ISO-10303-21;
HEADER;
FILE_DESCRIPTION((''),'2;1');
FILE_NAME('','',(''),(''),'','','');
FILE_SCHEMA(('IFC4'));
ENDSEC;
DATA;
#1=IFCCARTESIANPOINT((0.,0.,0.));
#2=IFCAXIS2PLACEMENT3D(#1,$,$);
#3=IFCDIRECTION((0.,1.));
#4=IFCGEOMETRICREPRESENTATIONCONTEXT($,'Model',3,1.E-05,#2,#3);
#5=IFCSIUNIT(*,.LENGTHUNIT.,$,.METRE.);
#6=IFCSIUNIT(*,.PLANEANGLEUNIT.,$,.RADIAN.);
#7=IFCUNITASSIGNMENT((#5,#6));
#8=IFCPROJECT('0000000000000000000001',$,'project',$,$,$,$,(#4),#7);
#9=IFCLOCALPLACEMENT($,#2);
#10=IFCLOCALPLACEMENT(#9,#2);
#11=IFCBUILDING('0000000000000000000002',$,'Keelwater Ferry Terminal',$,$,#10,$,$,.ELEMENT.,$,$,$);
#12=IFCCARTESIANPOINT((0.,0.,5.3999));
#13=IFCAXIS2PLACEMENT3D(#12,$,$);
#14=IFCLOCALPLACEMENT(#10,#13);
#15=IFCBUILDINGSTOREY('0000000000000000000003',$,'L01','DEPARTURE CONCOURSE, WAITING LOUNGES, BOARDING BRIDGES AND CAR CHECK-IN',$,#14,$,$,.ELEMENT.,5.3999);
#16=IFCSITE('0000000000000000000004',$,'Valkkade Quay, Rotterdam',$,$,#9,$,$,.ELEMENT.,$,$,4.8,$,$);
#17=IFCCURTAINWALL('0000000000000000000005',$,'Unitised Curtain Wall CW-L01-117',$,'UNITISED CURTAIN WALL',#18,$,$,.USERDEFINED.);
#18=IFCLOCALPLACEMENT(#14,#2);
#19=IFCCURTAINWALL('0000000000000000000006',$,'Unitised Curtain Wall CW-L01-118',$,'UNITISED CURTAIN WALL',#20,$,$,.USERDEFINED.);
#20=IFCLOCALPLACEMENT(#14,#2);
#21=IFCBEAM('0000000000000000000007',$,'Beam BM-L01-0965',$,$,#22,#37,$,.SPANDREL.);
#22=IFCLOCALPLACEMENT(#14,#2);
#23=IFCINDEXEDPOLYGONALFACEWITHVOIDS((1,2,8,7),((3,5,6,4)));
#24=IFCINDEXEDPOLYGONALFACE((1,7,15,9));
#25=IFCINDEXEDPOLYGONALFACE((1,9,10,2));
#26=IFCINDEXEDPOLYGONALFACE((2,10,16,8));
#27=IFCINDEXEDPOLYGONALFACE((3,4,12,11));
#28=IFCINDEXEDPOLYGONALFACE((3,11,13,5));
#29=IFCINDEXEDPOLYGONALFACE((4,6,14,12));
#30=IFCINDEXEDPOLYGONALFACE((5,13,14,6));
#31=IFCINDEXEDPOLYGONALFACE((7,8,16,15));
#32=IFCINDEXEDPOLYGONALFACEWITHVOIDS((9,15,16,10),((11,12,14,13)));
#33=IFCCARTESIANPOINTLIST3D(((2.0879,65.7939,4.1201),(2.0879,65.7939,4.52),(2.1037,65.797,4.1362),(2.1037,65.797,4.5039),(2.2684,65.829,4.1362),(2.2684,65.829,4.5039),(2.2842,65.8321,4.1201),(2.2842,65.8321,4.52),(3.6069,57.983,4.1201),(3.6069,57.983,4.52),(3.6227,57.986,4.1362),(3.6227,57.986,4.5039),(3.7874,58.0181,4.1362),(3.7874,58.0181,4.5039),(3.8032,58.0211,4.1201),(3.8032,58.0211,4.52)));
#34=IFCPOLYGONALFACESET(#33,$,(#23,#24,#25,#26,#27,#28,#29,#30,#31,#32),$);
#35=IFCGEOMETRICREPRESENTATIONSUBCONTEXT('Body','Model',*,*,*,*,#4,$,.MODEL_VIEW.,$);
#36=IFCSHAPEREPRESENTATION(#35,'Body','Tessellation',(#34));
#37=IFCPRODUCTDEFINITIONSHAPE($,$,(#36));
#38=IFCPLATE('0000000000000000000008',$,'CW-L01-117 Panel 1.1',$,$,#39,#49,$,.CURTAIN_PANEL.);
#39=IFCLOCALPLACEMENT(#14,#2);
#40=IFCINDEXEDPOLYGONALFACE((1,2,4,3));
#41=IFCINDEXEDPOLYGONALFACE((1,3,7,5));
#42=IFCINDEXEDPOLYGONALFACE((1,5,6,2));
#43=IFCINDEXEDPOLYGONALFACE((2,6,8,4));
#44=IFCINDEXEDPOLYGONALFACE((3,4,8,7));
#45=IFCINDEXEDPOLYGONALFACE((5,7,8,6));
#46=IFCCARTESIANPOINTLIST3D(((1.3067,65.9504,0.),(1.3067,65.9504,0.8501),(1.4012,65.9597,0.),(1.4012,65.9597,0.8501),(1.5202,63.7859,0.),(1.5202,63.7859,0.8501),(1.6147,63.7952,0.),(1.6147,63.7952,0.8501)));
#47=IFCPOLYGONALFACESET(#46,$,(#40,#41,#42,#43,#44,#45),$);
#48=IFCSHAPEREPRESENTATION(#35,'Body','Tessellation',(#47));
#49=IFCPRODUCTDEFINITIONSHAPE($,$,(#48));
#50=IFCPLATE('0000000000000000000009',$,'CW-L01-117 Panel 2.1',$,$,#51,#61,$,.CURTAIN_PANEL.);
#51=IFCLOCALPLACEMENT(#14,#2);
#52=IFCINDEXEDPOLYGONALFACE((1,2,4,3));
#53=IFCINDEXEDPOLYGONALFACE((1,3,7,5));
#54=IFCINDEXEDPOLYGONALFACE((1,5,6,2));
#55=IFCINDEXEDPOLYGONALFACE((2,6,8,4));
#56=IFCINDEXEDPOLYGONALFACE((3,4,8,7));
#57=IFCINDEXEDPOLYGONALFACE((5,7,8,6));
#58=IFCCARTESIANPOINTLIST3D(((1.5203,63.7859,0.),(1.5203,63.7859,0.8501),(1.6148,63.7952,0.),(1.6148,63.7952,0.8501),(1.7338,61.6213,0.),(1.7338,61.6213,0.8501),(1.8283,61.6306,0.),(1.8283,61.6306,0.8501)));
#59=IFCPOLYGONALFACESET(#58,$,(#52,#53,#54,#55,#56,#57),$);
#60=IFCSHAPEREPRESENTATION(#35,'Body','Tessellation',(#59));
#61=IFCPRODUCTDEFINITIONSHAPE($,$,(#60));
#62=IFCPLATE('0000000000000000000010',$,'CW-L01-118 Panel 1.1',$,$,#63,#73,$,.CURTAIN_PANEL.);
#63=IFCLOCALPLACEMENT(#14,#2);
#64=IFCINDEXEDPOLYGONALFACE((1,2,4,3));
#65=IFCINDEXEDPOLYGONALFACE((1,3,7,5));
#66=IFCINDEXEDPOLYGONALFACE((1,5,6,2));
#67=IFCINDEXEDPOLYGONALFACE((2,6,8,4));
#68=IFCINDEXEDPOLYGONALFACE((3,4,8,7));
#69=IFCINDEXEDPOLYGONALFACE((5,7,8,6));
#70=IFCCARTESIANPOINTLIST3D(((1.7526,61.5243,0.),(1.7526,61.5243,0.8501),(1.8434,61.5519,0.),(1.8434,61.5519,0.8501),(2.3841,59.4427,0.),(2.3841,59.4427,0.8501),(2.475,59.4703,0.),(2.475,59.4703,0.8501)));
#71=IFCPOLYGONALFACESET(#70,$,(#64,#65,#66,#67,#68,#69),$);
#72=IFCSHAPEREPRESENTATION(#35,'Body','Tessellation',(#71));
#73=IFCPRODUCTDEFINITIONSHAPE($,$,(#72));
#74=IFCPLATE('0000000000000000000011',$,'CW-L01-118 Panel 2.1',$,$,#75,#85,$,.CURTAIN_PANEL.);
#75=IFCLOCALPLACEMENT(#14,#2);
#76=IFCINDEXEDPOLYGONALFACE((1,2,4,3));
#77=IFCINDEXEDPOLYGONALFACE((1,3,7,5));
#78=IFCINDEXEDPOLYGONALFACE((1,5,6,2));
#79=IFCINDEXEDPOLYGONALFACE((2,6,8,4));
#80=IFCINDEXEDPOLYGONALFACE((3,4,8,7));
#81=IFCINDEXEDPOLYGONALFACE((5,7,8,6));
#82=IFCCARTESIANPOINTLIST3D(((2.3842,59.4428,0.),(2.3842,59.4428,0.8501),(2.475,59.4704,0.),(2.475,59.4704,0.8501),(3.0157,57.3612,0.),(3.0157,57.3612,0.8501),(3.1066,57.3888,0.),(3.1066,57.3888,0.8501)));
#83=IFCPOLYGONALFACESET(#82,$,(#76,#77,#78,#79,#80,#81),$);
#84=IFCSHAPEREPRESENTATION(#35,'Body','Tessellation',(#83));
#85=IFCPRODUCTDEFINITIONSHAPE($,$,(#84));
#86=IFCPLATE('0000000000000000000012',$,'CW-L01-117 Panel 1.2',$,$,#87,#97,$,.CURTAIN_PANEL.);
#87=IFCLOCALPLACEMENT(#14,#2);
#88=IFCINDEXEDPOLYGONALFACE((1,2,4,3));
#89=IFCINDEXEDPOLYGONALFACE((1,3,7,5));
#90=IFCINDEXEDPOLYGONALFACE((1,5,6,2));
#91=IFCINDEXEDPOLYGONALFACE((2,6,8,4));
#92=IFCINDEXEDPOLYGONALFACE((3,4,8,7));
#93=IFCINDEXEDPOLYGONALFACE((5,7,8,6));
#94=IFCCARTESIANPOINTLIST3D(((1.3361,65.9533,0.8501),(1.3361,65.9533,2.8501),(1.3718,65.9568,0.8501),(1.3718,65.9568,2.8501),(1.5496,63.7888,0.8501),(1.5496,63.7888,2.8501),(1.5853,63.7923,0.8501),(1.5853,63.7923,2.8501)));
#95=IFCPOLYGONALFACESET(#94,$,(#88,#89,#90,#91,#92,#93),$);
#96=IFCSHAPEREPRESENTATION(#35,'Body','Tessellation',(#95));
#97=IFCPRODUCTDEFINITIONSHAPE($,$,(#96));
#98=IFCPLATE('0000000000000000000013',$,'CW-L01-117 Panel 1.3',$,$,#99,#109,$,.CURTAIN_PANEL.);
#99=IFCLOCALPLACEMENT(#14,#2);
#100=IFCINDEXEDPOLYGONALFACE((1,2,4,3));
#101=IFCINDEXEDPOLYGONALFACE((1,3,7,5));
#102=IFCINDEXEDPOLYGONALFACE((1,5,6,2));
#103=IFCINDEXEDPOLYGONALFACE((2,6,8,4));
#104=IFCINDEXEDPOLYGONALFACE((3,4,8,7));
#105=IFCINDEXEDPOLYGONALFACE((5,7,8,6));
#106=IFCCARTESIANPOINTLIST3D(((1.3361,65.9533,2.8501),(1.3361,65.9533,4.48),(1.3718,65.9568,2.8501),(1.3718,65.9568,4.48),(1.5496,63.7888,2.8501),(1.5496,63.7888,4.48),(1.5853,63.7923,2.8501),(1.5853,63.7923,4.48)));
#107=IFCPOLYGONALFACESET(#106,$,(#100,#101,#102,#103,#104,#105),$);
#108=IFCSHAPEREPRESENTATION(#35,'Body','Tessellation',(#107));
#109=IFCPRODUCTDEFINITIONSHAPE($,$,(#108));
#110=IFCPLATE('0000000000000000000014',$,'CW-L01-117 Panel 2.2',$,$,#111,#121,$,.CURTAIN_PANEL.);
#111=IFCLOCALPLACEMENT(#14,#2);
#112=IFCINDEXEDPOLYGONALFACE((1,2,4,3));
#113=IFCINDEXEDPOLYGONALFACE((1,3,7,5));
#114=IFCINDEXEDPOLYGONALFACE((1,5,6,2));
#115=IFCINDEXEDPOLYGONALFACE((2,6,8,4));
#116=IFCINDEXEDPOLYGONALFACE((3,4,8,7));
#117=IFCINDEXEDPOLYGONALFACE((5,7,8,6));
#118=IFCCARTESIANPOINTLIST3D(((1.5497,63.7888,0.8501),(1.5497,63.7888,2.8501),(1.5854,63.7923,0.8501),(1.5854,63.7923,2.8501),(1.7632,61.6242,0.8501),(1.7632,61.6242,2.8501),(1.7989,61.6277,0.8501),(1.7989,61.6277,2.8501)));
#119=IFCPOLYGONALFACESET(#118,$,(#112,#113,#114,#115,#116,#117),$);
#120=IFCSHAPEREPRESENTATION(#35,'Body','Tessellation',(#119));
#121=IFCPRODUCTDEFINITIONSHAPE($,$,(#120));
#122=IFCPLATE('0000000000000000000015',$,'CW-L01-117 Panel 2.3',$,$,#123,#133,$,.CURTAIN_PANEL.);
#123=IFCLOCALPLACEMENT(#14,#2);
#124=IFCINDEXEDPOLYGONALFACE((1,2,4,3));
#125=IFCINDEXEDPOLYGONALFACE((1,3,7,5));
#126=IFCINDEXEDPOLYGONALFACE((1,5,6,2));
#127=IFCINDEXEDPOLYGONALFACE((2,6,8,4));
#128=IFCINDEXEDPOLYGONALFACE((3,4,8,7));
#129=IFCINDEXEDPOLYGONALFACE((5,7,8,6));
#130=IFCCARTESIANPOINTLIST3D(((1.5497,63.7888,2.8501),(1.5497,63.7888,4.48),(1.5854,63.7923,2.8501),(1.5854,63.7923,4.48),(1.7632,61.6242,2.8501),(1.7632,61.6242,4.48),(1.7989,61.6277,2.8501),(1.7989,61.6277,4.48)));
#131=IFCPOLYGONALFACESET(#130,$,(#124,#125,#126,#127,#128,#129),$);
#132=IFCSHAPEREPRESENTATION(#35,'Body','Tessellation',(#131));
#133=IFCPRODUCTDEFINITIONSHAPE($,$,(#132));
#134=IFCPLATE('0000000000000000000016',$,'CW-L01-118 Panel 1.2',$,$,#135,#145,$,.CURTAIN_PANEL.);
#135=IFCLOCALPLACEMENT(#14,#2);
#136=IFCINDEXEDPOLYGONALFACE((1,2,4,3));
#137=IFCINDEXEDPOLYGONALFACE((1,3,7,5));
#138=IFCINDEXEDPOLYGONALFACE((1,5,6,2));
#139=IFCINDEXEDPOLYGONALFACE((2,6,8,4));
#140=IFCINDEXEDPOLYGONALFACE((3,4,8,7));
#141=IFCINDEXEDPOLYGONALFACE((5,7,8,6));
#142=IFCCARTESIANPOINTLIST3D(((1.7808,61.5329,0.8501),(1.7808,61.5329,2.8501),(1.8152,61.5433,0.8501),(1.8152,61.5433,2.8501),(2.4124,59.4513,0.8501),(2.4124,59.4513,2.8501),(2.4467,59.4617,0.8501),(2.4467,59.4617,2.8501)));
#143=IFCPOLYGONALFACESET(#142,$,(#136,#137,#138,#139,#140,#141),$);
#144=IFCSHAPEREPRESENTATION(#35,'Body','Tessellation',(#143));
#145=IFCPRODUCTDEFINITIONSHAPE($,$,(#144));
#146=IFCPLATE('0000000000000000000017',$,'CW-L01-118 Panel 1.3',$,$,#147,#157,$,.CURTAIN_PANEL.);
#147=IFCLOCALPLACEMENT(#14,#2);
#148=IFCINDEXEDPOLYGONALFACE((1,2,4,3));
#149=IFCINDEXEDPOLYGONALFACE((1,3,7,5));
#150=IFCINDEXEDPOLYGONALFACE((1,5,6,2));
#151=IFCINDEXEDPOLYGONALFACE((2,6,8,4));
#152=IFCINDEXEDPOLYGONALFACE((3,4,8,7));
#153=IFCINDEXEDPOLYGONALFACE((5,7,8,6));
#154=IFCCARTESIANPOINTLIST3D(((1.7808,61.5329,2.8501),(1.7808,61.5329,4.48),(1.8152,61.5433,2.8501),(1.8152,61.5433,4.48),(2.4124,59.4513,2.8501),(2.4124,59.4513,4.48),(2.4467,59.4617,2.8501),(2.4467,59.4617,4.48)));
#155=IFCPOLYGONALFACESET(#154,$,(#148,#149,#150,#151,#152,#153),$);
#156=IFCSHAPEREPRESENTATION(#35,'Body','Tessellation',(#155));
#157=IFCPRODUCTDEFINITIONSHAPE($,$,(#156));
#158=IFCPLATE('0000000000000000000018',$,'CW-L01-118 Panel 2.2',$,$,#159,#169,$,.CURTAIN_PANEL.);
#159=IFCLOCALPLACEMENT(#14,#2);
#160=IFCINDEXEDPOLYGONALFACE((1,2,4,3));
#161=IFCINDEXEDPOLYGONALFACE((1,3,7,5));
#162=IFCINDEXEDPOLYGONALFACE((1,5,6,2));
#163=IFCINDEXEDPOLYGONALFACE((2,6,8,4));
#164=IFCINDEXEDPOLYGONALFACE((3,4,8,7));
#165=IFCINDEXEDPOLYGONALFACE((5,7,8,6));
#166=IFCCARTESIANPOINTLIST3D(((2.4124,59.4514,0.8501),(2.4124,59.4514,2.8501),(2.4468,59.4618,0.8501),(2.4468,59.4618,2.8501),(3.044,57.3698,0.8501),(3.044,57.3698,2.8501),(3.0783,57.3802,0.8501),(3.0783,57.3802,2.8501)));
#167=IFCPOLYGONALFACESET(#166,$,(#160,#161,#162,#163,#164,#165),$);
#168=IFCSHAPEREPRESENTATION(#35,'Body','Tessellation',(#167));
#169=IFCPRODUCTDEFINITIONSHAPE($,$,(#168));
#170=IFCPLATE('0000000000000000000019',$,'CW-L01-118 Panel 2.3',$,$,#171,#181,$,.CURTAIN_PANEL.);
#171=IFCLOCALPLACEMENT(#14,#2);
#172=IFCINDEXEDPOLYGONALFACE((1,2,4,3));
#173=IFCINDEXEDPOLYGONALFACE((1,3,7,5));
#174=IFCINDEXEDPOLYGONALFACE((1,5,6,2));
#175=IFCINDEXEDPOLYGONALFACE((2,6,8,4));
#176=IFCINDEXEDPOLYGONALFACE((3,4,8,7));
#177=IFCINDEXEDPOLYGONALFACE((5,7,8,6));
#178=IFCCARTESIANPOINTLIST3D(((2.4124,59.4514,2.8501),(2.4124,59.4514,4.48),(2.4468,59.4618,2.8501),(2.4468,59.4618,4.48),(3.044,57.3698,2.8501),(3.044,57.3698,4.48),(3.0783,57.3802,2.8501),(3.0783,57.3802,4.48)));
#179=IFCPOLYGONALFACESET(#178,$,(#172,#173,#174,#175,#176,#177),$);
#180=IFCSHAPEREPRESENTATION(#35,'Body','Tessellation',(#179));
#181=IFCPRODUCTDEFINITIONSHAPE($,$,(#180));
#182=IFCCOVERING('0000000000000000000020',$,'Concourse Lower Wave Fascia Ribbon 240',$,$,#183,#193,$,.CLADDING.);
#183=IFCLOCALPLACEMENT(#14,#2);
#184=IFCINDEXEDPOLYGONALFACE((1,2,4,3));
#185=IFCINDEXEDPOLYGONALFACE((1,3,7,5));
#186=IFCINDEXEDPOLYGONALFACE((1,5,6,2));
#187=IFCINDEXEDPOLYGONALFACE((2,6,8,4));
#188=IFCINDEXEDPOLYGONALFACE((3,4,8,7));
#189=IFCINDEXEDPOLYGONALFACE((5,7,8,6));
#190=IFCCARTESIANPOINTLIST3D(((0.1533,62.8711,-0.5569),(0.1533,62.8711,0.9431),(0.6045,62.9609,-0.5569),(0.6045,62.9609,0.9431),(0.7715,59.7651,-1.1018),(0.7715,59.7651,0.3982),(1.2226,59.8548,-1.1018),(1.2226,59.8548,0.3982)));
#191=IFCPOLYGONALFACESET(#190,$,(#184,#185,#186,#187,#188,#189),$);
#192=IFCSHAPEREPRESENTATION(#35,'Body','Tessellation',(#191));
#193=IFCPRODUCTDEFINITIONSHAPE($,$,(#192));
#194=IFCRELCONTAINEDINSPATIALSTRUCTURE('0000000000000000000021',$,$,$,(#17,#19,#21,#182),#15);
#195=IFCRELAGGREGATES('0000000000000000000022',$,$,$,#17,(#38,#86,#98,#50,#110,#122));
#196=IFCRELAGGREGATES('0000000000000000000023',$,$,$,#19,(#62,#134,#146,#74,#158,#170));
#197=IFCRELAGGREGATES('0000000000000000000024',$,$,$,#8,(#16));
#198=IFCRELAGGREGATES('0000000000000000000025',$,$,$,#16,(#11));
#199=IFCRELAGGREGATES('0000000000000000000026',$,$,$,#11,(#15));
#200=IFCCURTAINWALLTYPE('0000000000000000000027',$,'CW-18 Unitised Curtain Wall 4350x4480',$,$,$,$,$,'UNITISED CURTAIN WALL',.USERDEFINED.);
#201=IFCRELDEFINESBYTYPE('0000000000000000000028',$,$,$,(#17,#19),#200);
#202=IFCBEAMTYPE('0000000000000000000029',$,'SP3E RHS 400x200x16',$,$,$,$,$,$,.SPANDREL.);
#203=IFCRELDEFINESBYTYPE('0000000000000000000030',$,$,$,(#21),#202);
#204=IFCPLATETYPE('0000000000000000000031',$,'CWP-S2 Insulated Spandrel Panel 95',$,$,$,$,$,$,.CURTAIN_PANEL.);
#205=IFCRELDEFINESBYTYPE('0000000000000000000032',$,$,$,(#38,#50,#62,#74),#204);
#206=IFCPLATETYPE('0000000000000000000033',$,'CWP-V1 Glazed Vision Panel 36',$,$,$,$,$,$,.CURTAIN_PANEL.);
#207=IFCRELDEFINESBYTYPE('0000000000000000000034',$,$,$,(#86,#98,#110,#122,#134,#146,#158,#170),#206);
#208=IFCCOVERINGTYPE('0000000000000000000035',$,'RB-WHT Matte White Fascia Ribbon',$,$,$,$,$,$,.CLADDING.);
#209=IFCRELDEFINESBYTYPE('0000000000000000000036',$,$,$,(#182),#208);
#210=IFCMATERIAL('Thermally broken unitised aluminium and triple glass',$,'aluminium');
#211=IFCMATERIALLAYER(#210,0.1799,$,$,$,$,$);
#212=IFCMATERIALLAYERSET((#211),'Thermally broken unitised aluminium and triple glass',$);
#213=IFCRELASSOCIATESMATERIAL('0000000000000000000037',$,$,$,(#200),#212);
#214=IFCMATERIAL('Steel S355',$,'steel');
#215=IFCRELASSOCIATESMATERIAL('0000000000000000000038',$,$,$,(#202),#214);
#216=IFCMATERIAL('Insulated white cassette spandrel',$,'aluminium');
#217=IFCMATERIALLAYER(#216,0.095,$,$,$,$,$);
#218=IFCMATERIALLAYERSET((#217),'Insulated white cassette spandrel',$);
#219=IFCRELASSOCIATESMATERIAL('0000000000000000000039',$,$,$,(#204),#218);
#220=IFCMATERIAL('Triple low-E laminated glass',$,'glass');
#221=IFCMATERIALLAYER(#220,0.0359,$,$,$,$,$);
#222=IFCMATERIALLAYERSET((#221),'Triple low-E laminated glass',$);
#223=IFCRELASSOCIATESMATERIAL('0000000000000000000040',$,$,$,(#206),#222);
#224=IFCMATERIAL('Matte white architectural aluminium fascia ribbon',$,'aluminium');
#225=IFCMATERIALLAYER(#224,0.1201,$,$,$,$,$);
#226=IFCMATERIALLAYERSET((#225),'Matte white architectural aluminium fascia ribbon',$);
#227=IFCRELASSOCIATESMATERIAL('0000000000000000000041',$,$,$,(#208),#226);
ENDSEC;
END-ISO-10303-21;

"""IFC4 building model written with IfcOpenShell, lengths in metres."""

from ifc_helpers import new_model, si_unit, direction, frame, origin, origin_2d, place, context, subcontext, project, spatial, polyline, rectangle, hollow_rectangle, outline, extrude, material, layer, layer_set, material_profile, profile_set, type_object, element, aggregate, save


model = new_model("IFC4")

# Units and contexts
model_context = context("Model", 3, precision=1e-05, world=origin(), true_north=direction((0.0, 1.0)))
body_context = subcontext(model_context, "Body", "Model", "MODEL_VIEW")
ifc_project = project(units=[si_unit("LENGTHUNIT", "METRE"), si_unit("PLANEANGLEUNIT", "RADIAN")], contexts=[model_context])

# Site, building, storey
site_placement = place(None, origin())
site = spatial("IfcSite", under=ifc_project, at=site_placement, Name="Valkkade Quay, Rotterdam", CompositionType="ELEMENT", RefElevation=4.8)
building_placement = place(site_placement, origin())
building = spatial("IfcBuilding", under=site, at=building_placement, Name="Keelwater Ferry Terminal", CompositionType="ELEMENT")
storey_placement = place(building_placement, frame((0.0, 0.0, 5.3999)))
storey = spatial("IfcBuildingStorey", under=building, at=storey_placement, Name="L01", Description="DEPARTURE CONCOURSE, WAITING LOUNGES, BOARDING BRIDGES AND CAR CHECK-IN", CompositionType="ELEMENT", Elevation=5.3999)

# Curtain walls
ifc_material_1 = material(Name="Thermally broken unitised aluminium and triple glass", Category="aluminium")
ifc_layer_1 = layer(ifc_material_1, 0.1799)
ifc_layer_set_1 = layer_set([ifc_layer_1], Name="Thermally broken unitised aluminium and triple glass")
curtain_wall_type = type_object("IfcCurtainWallType", Name="CW-18 Unitised Curtain Wall 4350x4480", ElementType="UNITISED CURTAIN WALL", PredefinedType="USERDEFINED", material=ifc_layer_set_1)
curtain_wall_1_placement = place(storey_placement, origin())
curtain_wall_1 = element("IfcCurtainWall", 1, at=curtain_wall_1_placement, inside=storey, type_object=curtain_wall_type, Name="Unitised Curtain Wall CW-L01-117", ObjectType="UNITISED CURTAIN WALL", PredefinedType="USERDEFINED")
curtain_wall_2_placement = place(storey_placement, origin())
curtain_wall_2 = element("IfcCurtainWall", 2, at=curtain_wall_2_placement, inside=storey, type_object=curtain_wall_type, Name="Unitised Curtain Wall CW-L01-118", ObjectType="UNITISED CURTAIN WALL", PredefinedType="USERDEFINED")

# Beam
ifc_material_2 = material(Name="Steel S355", Category="steel")
ifc_material_profile_1 = material_profile(ifc_material_2, hollow_rectangle(XDim=0.2, YDim=0.3999, WallThickness=0.0161, at=origin_2d()), Name="RHS 400x200x16")
ifc_profile_set_1 = profile_set([ifc_material_profile_1], Name="Steel S355")
beam_type = type_object("IfcBeamType", Name="SP3E RHS 400x200x16", PredefinedType="SPANDREL", material=ifc_profile_set_1)
beam_placement = place(storey_placement, frame((2.186, 65.813, 4.3201), z_axis=(0.190898, -0.98161, 0.0), x_axis=(0.98161, 0.190898, 0.0)))
element("IfcBeam", 3, at=beam_placement, inside=storey, type_object=beam_type, Name="Beam BM-L01-0965", PredefinedType="SPANDREL", context=body_context, shape_type="SweptSolid", body=[
    extrude(hollow_rectangle(XDim=0.2, YDim=0.3999, WallThickness=0.0161, at=origin_2d()), origin(), (0.0, 0.0, 1.0), 7.9573),
])

# Plates
ifc_material_3 = material(Name="Insulated white cassette spandrel", Category="aluminium")
ifc_layer_2 = layer(ifc_material_3, 0.095)
ifc_layer_set_2 = layer_set([ifc_layer_2], Name="Insulated white cassette spandrel")
plate_type_1 = type_object("IfcPlateType", Name="CWP-S2 Insulated Spandrel Panel 95", PredefinedType="CURTAIN_PANEL", material=ifc_layer_set_2)
plate_1_placement = place(storey_placement, frame((1.4607, 64.8728, 0.0), z_axis=(0.0, 0.0, 1.0), x_axis=(0.098161, -0.995171, 0.0)))
plate_1 = element("IfcPlate", 4, at=plate_1_placement, type_object=plate_type_1, Name="CW-L01-117 Panel 1.1", PredefinedType="CURTAIN_PANEL", context=body_context, shape_type="SweptSolid", body=[
    extrude(rectangle(XDim=2.175, YDim=0.095, at=origin_2d()), origin(), (0.0, 0.0, 1.0), 0.8501),
])
plate_2_placement = place(storey_placement, frame((1.6743, 62.7083, 0.0), z_axis=(0.0, 0.0, 1.0), x_axis=(0.098161, -0.995171, 0.0)))
plate_2 = element("IfcPlate", 5, at=plate_2_placement, type_object=plate_type_1, Name="CW-L01-117 Panel 2.1", PredefinedType="CURTAIN_PANEL", context=body_context, shape_type="SweptSolid", body=[
    extrude(rectangle(XDim=2.175, YDim=0.095, at=origin_2d()), origin(), (0.0, 0.0, 1.0), 0.8501),
])
plate_3_placement = place(storey_placement, frame((2.1138, 60.4973, 0.0), z_axis=(0.0, 0.0, 1.0), x_axis=(0.29032, -0.95693, 0.0)))
plate_3 = element("IfcPlate", 6, at=plate_3_placement, type_object=plate_type_1, Name="CW-L01-118 Panel 1.1", PredefinedType="CURTAIN_PANEL", context=body_context, shape_type="SweptSolid", body=[
    extrude(rectangle(XDim=2.1753, YDim=0.095, at=origin_2d()), origin(), (0.0, 0.0, 1.0), 0.8501),
])
plate_4_placement = place(storey_placement, frame((2.7454, 58.4158, 0.0), z_axis=(0.0, 0.0, 1.0), x_axis=(0.29032, -0.95693, 0.0)))
plate_4 = element("IfcPlate", 7, at=plate_4_placement, type_object=plate_type_1, Name="CW-L01-118 Panel 2.1", PredefinedType="CURTAIN_PANEL", context=body_context, shape_type="SweptSolid", body=[
    extrude(rectangle(XDim=2.1753, YDim=0.095, at=origin_2d()), origin(), (0.0, 0.0, 1.0), 0.8501),
])
ifc_material_4 = material(Name="Triple low-E laminated glass", Category="glass")
ifc_layer_3 = layer(ifc_material_4, 0.0359)
ifc_layer_set_3 = layer_set([ifc_layer_3], Name="Triple low-E laminated glass")
plate_type_2 = type_object("IfcPlateType", Name="CWP-V1 Glazed Vision Panel 36", PredefinedType="CURTAIN_PANEL", material=ifc_layer_set_3)
plate_5_placement = place(storey_placement, frame((1.4607, 64.8728, 0.8501), z_axis=(0.0, 0.0, 1.0), x_axis=(0.098161, -0.995171, 0.0)))
plate_5 = element("IfcPlate", 8, at=plate_5_placement, type_object=plate_type_2, Name="CW-L01-117 Panel 1.2", PredefinedType="CURTAIN_PANEL", context=body_context, shape_type="SweptSolid", body=[
    extrude(rectangle(XDim=2.175, YDim=0.0359, at=origin_2d()), origin(), (0.0, 0.0, 1.0), 2.0),
])
plate_6_placement = place(storey_placement, frame((1.4607, 64.8728, 2.8501), z_axis=(0.0, 0.0, 1.0), x_axis=(0.098161, -0.995171, 0.0)))
plate_6 = element("IfcPlate", 9, at=plate_6_placement, type_object=plate_type_2, Name="CW-L01-117 Panel 1.3", PredefinedType="CURTAIN_PANEL", context=body_context, shape_type="SweptSolid", body=[
    extrude(rectangle(XDim=2.175, YDim=0.0359, at=origin_2d()), origin(), (0.0, 0.0, 1.0), 1.6299),
])
plate_7_placement = place(storey_placement, frame((1.6743, 62.7083, 0.8501), z_axis=(0.0, 0.0, 1.0), x_axis=(0.098161, -0.995171, 0.0)))
plate_7 = element("IfcPlate", 10, at=plate_7_placement, type_object=plate_type_2, Name="CW-L01-117 Panel 2.2", PredefinedType="CURTAIN_PANEL", context=body_context, shape_type="SweptSolid", body=[
    extrude(rectangle(XDim=2.175, YDim=0.0359, at=origin_2d()), origin(), (0.0, 0.0, 1.0), 2.0),
])
plate_8_placement = place(storey_placement, frame((1.6743, 62.7083, 2.8501), z_axis=(0.0, 0.0, 1.0), x_axis=(0.098161, -0.995171, 0.0)))
plate_8 = element("IfcPlate", 11, at=plate_8_placement, type_object=plate_type_2, Name="CW-L01-117 Panel 2.3", PredefinedType="CURTAIN_PANEL", context=body_context, shape_type="SweptSolid", body=[
    extrude(rectangle(XDim=2.175, YDim=0.0359, at=origin_2d()), origin(), (0.0, 0.0, 1.0), 1.6299),
])
aggregate(curtain_wall_1, [plate_1, plate_5, plate_6, plate_2, plate_7, plate_8])
plate_9_placement = place(storey_placement, frame((2.1138, 60.4973, 0.8501), z_axis=(0.0, 0.0, 1.0), x_axis=(0.29032, -0.95693, 0.0)))
plate_9 = element("IfcPlate", 12, at=plate_9_placement, type_object=plate_type_2, Name="CW-L01-118 Panel 1.2", PredefinedType="CURTAIN_PANEL", context=body_context, shape_type="SweptSolid", body=[
    extrude(rectangle(XDim=2.1753, YDim=0.0359, at=origin_2d()), origin(), (0.0, 0.0, 1.0), 2.0),
])
plate_10_placement = place(storey_placement, frame((2.1138, 60.4973, 2.8501), z_axis=(0.0, 0.0, 1.0), x_axis=(0.29032, -0.95693, 0.0)))
plate_10 = element("IfcPlate", 13, at=plate_10_placement, type_object=plate_type_2, Name="CW-L01-118 Panel 1.3", PredefinedType="CURTAIN_PANEL", context=body_context, shape_type="SweptSolid", body=[
    extrude(rectangle(XDim=2.1753, YDim=0.0359, at=origin_2d()), origin(), (0.0, 0.0, 1.0), 1.6299),
])
plate_11_placement = place(storey_placement, frame((2.7454, 58.4158, 0.8501), z_axis=(0.0, 0.0, 1.0), x_axis=(0.29032, -0.95693, 0.0)))
plate_11 = element("IfcPlate", 14, at=plate_11_placement, type_object=plate_type_2, Name="CW-L01-118 Panel 2.2", PredefinedType="CURTAIN_PANEL", context=body_context, shape_type="SweptSolid", body=[
    extrude(rectangle(XDim=2.1753, YDim=0.0359, at=origin_2d()), origin(), (0.0, 0.0, 1.0), 2.0),
])
plate_12_placement = place(storey_placement, frame((2.7454, 58.4158, 2.8501), z_axis=(0.0, 0.0, 1.0), x_axis=(0.29032, -0.95693, 0.0)))
plate_12 = element("IfcPlate", 15, at=plate_12_placement, type_object=plate_type_2, Name="CW-L01-118 Panel 2.3", PredefinedType="CURTAIN_PANEL", context=body_context, shape_type="SweptSolid", body=[
    extrude(rectangle(XDim=2.1753, YDim=0.0359, at=origin_2d()), origin(), (0.0, 0.0, 1.0), 1.6299),
])
aggregate(curtain_wall_2, [plate_3, plate_9, plate_10, plate_4, plate_11, plate_12])

# Covering
ifc_material_5 = material(Name="Matte white architectural aluminium fascia ribbon", Category="aluminium")
ifc_layer_4 = layer(ifc_material_5, 0.1201)
ifc_layer_set_4 = layer_set([ifc_layer_4], Name="Matte white architectural aluminium fascia ribbon")
covering_type = type_object("IfcCoveringType", Name="RB-WHT Matte White Fascia Ribbon", PredefinedType="CLADDING", material=ifc_layer_set_4)
covering_1_placement = place(storey_placement, frame((0.3789, 62.916, -1.1018), z_axis=(0.0, 0.0, 1.0), x_axis=(0.195197, -0.980764, 0.0)))
element("IfcCovering", 16, at=covering_1_placement, inside=storey, type_object=covering_type, Name="Concourse Lower Wave Fascia Ribbon 240", PredefinedType="CLADDING", context=body_context, shape_type="SweptSolid", body=[
    extrude(outline(polyline([(0.0, 0.5449), (3.167, 0.0), (3.167, 1.5), (0.0, 2.0449), (0.0, 0.5449)])), frame((0.0, 0.23, 0.0), z_axis=(0.0, -1.0, 0.0), x_axis=(1.0, 0.0, 0.0)), (0.0, 0.0, 1.0), 0.46),
])

save(model, "model.ifc")
